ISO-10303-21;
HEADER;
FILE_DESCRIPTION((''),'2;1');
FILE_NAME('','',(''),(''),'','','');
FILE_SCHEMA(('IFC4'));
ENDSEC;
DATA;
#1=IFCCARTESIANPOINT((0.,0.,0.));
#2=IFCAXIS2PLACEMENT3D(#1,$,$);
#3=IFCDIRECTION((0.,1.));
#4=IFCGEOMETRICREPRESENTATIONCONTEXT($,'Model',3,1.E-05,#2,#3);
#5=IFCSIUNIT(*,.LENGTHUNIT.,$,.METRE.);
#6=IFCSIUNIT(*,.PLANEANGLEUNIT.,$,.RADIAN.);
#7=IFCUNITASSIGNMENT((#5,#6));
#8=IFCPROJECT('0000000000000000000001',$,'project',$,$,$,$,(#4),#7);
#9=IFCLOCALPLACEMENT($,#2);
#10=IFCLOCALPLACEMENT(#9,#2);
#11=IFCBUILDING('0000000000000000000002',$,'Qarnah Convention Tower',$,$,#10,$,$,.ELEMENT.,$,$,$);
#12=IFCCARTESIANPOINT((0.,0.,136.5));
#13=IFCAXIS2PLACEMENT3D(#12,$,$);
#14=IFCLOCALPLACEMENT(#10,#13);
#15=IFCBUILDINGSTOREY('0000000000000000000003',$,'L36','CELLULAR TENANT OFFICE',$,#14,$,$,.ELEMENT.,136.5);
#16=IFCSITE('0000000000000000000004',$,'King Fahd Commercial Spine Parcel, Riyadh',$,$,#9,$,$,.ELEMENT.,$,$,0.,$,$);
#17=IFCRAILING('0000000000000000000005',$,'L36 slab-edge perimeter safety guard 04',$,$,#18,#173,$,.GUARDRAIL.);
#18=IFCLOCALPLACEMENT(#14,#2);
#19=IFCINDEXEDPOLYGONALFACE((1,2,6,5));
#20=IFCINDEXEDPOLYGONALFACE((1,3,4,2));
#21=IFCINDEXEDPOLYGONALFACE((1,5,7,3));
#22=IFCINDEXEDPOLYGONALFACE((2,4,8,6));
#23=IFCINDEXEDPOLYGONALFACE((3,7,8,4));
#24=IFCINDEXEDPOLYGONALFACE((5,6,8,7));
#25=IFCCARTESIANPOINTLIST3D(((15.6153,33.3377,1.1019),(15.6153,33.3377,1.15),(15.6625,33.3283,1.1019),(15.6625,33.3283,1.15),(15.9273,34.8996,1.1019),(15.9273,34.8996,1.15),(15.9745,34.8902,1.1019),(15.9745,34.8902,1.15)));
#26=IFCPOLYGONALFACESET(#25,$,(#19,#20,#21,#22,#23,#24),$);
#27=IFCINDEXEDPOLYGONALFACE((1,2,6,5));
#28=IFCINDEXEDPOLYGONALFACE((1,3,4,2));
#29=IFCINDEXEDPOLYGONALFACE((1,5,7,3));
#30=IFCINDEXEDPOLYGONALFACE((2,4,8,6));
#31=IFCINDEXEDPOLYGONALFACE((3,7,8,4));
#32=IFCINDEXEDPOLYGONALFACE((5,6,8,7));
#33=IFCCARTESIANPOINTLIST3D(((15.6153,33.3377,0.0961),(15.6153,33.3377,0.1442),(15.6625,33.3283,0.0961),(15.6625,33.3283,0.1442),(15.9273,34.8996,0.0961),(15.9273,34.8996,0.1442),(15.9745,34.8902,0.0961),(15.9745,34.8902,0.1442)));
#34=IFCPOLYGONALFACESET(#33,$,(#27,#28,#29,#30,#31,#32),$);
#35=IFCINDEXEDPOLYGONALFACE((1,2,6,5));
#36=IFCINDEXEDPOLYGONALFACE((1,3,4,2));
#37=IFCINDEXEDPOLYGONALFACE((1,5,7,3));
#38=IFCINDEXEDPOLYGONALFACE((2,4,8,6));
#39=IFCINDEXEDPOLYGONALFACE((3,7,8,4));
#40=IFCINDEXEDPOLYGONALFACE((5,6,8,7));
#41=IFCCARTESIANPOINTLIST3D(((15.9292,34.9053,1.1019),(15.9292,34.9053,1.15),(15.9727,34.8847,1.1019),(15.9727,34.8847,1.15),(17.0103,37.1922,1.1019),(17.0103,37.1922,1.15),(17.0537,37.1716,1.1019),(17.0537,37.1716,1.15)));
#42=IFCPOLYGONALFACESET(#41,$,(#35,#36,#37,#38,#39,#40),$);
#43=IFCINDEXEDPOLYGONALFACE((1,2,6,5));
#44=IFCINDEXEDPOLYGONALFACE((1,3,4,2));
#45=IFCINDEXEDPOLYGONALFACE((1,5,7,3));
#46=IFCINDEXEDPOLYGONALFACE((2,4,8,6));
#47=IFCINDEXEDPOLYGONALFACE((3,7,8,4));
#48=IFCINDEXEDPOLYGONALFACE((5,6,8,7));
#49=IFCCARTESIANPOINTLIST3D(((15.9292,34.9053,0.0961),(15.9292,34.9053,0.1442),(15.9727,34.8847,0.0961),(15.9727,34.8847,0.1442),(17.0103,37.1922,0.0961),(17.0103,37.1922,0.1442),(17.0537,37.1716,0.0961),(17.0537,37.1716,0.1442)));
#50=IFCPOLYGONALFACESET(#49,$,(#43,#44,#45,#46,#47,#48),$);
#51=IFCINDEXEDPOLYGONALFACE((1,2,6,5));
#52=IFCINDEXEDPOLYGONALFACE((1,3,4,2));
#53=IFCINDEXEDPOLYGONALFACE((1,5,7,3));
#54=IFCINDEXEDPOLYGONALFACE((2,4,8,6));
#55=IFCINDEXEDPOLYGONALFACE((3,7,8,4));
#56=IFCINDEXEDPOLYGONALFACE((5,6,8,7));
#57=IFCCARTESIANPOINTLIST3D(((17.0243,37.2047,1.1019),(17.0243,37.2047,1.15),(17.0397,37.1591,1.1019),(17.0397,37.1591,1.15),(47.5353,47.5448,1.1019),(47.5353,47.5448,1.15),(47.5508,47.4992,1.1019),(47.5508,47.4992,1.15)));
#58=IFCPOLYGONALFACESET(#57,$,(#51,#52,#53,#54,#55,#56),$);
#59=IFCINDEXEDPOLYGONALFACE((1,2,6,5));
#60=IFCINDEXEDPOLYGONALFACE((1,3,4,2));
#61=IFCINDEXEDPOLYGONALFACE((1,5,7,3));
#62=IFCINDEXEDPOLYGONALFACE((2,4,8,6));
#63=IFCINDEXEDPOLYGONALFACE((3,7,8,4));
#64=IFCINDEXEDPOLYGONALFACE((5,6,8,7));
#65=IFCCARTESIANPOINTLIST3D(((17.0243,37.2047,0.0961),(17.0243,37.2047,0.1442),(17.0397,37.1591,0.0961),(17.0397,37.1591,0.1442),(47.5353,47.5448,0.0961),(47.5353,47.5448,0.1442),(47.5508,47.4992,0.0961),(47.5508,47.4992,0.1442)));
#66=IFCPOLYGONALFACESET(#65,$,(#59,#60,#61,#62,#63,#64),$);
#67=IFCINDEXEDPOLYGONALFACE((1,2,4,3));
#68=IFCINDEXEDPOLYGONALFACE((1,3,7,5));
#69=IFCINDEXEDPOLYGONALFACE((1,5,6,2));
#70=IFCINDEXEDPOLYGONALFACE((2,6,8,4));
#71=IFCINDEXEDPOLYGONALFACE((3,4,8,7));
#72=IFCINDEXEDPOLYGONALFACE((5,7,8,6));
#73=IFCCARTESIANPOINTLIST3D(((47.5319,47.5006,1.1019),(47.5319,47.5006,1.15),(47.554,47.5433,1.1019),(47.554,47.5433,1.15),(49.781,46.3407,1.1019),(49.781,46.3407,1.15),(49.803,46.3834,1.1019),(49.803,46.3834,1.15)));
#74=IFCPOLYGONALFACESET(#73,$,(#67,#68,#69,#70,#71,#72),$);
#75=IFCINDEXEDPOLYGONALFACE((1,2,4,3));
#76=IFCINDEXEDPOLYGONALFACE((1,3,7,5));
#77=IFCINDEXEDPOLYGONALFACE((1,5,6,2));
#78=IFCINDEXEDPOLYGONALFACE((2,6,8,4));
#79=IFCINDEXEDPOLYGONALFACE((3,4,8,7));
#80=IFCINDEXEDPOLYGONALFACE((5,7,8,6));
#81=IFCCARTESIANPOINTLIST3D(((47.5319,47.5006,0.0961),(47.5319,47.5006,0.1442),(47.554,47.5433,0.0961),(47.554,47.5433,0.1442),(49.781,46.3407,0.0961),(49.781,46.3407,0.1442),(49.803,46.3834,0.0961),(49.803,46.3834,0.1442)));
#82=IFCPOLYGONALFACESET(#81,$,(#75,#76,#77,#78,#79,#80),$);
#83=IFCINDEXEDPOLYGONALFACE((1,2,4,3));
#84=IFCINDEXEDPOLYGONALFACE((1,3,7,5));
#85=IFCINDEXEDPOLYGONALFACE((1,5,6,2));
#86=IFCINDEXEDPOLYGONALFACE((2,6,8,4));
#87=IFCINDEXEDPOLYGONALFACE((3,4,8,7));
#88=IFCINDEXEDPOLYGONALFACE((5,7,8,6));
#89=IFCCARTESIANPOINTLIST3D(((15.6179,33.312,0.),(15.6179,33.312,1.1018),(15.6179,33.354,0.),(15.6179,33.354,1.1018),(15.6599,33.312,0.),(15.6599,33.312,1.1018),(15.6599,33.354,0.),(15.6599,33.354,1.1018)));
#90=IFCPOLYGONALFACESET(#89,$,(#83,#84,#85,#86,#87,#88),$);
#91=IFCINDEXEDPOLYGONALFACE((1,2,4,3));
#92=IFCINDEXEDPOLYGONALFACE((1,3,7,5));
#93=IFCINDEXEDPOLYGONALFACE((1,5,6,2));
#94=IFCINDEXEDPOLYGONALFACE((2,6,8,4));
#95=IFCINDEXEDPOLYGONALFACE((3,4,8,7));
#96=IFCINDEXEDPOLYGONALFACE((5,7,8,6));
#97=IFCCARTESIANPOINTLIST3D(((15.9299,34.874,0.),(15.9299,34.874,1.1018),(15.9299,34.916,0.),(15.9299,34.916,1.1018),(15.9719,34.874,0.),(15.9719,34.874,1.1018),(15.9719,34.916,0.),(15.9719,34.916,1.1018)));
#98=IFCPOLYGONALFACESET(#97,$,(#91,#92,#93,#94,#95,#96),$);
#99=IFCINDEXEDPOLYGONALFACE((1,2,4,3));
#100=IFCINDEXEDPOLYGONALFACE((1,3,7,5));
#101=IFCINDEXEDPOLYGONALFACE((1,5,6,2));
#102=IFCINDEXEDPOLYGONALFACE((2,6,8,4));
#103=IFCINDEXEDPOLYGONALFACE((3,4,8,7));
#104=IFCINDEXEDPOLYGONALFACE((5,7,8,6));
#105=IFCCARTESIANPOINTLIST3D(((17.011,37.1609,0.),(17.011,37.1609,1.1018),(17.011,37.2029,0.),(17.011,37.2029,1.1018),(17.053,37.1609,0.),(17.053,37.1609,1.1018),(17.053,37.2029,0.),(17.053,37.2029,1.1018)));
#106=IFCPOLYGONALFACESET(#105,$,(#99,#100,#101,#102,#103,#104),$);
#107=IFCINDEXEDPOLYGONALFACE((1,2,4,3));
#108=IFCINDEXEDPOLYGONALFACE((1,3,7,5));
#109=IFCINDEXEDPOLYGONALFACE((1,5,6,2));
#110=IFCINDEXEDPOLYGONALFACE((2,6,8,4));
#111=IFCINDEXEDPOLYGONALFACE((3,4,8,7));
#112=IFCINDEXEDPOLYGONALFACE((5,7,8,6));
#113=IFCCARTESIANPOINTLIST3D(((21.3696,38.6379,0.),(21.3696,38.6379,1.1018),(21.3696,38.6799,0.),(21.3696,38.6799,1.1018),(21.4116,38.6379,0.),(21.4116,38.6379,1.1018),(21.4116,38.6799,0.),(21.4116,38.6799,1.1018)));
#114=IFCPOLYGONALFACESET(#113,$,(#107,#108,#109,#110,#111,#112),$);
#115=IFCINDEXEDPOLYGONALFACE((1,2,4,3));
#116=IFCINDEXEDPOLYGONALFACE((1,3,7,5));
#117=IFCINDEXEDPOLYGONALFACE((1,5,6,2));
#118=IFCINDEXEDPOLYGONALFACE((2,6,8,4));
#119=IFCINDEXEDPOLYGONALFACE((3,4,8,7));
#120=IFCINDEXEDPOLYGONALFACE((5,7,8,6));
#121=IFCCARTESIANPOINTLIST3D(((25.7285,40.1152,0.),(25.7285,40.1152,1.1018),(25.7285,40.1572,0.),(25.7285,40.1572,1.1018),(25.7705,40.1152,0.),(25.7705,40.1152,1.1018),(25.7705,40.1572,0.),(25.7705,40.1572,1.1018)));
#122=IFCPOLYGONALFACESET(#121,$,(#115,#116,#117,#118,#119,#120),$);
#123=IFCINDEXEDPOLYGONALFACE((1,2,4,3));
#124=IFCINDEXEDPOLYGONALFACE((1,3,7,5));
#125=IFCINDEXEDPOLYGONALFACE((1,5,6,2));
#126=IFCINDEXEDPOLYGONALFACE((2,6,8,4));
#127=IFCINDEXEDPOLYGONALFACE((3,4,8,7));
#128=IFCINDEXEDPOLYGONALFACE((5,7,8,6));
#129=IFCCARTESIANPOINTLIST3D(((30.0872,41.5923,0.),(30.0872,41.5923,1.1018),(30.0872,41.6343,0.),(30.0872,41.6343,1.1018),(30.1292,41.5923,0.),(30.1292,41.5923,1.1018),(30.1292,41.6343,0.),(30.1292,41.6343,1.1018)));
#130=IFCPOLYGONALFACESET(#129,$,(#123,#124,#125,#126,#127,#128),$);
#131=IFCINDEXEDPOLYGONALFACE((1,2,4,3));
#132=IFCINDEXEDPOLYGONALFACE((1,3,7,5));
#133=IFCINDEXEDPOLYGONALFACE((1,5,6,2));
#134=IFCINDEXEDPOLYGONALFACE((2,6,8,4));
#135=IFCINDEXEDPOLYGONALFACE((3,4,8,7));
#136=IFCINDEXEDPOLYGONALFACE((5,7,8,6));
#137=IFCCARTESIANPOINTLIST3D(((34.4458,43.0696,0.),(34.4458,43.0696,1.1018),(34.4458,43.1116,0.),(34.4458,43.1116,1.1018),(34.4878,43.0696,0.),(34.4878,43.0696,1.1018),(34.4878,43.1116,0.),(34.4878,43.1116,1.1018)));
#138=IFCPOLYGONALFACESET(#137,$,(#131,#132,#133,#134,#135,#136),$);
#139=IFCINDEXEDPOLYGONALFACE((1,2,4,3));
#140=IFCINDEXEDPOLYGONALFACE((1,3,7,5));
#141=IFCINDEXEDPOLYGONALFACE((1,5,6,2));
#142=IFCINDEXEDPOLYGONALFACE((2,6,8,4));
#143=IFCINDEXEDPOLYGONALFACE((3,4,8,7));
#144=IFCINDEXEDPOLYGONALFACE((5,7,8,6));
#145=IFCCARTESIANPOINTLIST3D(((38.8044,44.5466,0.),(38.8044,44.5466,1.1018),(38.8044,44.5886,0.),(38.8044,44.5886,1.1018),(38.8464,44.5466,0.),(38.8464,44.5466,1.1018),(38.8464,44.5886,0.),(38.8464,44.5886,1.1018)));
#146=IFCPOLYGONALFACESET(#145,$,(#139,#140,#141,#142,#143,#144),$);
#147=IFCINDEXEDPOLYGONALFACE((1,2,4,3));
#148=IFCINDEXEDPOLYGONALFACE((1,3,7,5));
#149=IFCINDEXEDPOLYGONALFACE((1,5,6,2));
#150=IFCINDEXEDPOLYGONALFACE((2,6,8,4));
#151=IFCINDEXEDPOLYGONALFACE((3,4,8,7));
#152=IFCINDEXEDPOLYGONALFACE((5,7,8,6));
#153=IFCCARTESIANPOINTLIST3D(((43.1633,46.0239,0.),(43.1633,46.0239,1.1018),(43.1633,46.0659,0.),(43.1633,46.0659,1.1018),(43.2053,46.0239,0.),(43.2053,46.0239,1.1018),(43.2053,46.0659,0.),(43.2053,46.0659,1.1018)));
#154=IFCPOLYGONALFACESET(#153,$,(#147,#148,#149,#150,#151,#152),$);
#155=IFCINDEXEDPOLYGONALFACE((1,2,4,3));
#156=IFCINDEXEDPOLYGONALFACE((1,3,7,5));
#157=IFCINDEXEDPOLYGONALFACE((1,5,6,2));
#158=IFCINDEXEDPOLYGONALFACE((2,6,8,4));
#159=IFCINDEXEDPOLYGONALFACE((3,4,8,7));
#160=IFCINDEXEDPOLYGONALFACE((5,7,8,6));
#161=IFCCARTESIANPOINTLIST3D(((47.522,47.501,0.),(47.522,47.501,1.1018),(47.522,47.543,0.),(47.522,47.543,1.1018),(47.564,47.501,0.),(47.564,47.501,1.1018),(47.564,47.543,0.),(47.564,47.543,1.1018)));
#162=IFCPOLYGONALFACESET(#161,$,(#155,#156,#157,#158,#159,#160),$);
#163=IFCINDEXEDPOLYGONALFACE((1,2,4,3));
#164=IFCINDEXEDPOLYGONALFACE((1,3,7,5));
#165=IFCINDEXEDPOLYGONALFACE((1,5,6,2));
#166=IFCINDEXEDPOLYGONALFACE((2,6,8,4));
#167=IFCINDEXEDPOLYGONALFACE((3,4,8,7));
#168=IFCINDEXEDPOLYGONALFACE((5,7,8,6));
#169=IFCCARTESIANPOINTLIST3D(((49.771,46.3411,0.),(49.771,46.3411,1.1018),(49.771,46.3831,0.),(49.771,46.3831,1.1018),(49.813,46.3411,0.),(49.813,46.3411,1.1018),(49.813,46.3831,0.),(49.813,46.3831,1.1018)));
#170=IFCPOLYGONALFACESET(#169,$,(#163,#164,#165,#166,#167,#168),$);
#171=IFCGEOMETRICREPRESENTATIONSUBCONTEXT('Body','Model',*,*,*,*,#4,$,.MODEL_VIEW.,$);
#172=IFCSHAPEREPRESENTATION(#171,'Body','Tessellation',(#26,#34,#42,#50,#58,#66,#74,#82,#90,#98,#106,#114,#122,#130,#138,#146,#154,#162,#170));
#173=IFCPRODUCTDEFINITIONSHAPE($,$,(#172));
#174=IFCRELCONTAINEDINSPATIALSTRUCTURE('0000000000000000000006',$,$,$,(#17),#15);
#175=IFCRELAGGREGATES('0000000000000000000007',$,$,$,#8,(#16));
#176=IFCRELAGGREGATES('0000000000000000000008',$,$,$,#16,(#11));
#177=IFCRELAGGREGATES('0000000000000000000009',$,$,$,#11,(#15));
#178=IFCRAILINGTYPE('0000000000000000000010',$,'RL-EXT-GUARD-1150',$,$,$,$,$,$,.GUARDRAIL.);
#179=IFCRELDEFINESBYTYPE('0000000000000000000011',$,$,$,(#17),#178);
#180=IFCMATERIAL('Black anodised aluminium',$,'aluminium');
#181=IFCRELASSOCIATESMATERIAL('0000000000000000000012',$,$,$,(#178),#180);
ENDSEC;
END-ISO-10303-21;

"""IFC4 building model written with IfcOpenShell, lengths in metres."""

from ifc_helpers import new_model, si_unit, direction, frame, origin, origin_2d, place, context, subcontext, project, spatial, rectangle, extrude, material, type_object, element, save


model = new_model("IFC4")

# Units and contexts
model_context = context("Model", 3, precision=1e-05, world=origin(), true_north=direction((0.0, 1.0)))
body_context = subcontext(model_context, "Body", "Model", "MODEL_VIEW")
ifc_project = project(units=[si_unit("LENGTHUNIT", "METRE"), si_unit("PLANEANGLEUNIT", "RADIAN")], contexts=[model_context])

# Site, building, storey
site_placement = place(None, origin())
site = spatial("IfcSite", under=ifc_project, at=site_placement, Name="King Fahd Commercial Spine Parcel, Riyadh", CompositionType="ELEMENT", RefElevation=0.0)
building_placement = place(site_placement, origin())
building = spatial("IfcBuilding", under=site, at=building_placement, Name="Qarnah Convention Tower", CompositionType="ELEMENT")
storey_placement = place(building_placement, frame((0.0, 0.0, 136.5)))
storey = spatial("IfcBuildingStorey", under=building, at=storey_placement, Name="L36", Description="CELLULAR TENANT OFFICE", CompositionType="ELEMENT", Elevation=136.5)

# Shared definitions
ifc_material_1 = material(Name="Black anodised aluminium", Category="aluminium")

# Railing
railing_type_1 = type_object("IfcRailingType", Name="RL-EXT-GUARD-1150", PredefinedType="GUARDRAIL", material=ifc_material_1)
railing_1_placement = place(storey_placement, frame((15.6389, 33.333, 0.0)))
element("IfcRailing", 1, at=railing_1_placement, inside=storey, type_object=railing_type_1, Name="L36 slab-edge perimeter safety guard 04", PredefinedType="GUARDRAIL", context=body_context, shape_type="SweptSolid", body=[
    extrude(rectangle(XDim=0.0481, YDim=0.0481, at=origin_2d()), frame((0.0, 0.0, 1.126), z_axis=(0.19588, 0.980628, 0.0), x_axis=(-0.980628, 0.19588, 0.0)), (0.0, 0.0, 1.0), 1.5928),
    extrude(rectangle(XDim=0.0481, YDim=0.0481, at=origin_2d()), frame((0.0, 0.0, 0.1201), z_axis=(0.19588, 0.980628, 0.0), x_axis=(-0.980628, 0.19588, 0.0)), (0.0, 0.0, 1.0), 1.5928),
    extrude(rectangle(XDim=0.0481, YDim=0.0481, at=origin_2d()), frame((0.312, 1.562, 1.126), z_axis=(0.427377, 0.904074, 0.0), x_axis=(-0.904074, 0.427377, 0.0)), (0.0, 0.0, 1.0), 2.5295),
    extrude(rectangle(XDim=0.0481, YDim=0.0481, at=origin_2d()), frame((0.312, 1.562, 0.1201), z_axis=(0.427377, 0.904074, 0.0), x_axis=(-0.904074, 0.427377, 0.0)), (0.0, 0.0, 1.0), 2.5295),
    extrude(rectangle(XDim=0.0481, YDim=0.0481, at=origin_2d()), frame((1.3931, 3.8489, 1.126), z_axis=(0.947091, 0.320966, 0.0), x_axis=(-0.320966, 0.947091, 0.0)), (0.0, 0.0, 1.0), 32.2156),
    extrude(rectangle(XDim=0.0481, YDim=0.0481, at=origin_2d()), frame((1.3931, 3.8489, 0.1201), z_axis=(0.947091, 0.320966, 0.0), x_axis=(-0.320966, 0.947091, 0.0)), (0.0, 0.0, 1.0), 32.2156),
    extrude(rectangle(XDim=0.0481, YDim=0.0481, at=origin_2d()), frame((31.9041, 14.189, 1.126), z_axis=(0.888761, -0.45837, 0.0), x_axis=(0.45837, 0.888761, 0.0)), (0.0, 0.0, 1.0), 2.5305),
    extrude(rectangle(XDim=0.0481, YDim=0.0481, at=origin_2d()), frame((31.9041, 14.189, 0.1201), z_axis=(0.888761, -0.45837, 0.0), x_axis=(0.45837, 0.888761, 0.0)), (0.0, 0.0, 1.0), 2.5305),
    extrude(rectangle(XDim=0.042, YDim=0.042, at=origin_2d()), origin(), (0.0, 0.0, 1.0), 1.1018),
    extrude(rectangle(XDim=0.042, YDim=0.042, at=origin_2d()), frame((0.312, 1.562, 0.0)), (0.0, 0.0, 1.0), 1.1018),
    extrude(rectangle(XDim=0.042, YDim=0.042, at=origin_2d()), frame((1.3931, 3.8489, 0.0)), (0.0, 0.0, 1.0), 1.1018),
    extrude(rectangle(XDim=0.042, YDim=0.042, at=origin_2d()), frame((5.7517, 5.3259, 0.0)), (0.0, 0.0, 1.0), 1.1018),
    extrude(rectangle(XDim=0.042, YDim=0.042, at=origin_2d()), frame((10.1106, 6.8032, 0.0)), (0.0, 0.0, 1.0), 1.1018),
    extrude(rectangle(XDim=0.042, YDim=0.042, at=origin_2d()), frame((14.4692, 8.2803, 0.0)), (0.0, 0.0, 1.0), 1.1018),
    extrude(rectangle(XDim=0.042, YDim=0.042, at=origin_2d()), frame((18.8279, 9.7576, 0.0)), (0.0, 0.0, 1.0), 1.1018),
    extrude(rectangle(XDim=0.042, YDim=0.042, at=origin_2d()), frame((23.1865, 11.2346, 0.0)), (0.0, 0.0, 1.0), 1.1018),
    extrude(rectangle(XDim=0.042, YDim=0.042, at=origin_2d()), frame((27.5454, 12.7119, 0.0)), (0.0, 0.0, 1.0), 1.1018),
    extrude(rectangle(XDim=0.042, YDim=0.042, at=origin_2d()), frame((31.9041, 14.189, 0.0)), (0.0, 0.0, 1.0), 1.1018),
    extrude(rectangle(XDim=0.042, YDim=0.042, at=origin_2d()), frame((34.1531, 13.0291, 0.0)), (0.0, 0.0, 1.0), 1.1018),
])

save(model, "model.ifc")
